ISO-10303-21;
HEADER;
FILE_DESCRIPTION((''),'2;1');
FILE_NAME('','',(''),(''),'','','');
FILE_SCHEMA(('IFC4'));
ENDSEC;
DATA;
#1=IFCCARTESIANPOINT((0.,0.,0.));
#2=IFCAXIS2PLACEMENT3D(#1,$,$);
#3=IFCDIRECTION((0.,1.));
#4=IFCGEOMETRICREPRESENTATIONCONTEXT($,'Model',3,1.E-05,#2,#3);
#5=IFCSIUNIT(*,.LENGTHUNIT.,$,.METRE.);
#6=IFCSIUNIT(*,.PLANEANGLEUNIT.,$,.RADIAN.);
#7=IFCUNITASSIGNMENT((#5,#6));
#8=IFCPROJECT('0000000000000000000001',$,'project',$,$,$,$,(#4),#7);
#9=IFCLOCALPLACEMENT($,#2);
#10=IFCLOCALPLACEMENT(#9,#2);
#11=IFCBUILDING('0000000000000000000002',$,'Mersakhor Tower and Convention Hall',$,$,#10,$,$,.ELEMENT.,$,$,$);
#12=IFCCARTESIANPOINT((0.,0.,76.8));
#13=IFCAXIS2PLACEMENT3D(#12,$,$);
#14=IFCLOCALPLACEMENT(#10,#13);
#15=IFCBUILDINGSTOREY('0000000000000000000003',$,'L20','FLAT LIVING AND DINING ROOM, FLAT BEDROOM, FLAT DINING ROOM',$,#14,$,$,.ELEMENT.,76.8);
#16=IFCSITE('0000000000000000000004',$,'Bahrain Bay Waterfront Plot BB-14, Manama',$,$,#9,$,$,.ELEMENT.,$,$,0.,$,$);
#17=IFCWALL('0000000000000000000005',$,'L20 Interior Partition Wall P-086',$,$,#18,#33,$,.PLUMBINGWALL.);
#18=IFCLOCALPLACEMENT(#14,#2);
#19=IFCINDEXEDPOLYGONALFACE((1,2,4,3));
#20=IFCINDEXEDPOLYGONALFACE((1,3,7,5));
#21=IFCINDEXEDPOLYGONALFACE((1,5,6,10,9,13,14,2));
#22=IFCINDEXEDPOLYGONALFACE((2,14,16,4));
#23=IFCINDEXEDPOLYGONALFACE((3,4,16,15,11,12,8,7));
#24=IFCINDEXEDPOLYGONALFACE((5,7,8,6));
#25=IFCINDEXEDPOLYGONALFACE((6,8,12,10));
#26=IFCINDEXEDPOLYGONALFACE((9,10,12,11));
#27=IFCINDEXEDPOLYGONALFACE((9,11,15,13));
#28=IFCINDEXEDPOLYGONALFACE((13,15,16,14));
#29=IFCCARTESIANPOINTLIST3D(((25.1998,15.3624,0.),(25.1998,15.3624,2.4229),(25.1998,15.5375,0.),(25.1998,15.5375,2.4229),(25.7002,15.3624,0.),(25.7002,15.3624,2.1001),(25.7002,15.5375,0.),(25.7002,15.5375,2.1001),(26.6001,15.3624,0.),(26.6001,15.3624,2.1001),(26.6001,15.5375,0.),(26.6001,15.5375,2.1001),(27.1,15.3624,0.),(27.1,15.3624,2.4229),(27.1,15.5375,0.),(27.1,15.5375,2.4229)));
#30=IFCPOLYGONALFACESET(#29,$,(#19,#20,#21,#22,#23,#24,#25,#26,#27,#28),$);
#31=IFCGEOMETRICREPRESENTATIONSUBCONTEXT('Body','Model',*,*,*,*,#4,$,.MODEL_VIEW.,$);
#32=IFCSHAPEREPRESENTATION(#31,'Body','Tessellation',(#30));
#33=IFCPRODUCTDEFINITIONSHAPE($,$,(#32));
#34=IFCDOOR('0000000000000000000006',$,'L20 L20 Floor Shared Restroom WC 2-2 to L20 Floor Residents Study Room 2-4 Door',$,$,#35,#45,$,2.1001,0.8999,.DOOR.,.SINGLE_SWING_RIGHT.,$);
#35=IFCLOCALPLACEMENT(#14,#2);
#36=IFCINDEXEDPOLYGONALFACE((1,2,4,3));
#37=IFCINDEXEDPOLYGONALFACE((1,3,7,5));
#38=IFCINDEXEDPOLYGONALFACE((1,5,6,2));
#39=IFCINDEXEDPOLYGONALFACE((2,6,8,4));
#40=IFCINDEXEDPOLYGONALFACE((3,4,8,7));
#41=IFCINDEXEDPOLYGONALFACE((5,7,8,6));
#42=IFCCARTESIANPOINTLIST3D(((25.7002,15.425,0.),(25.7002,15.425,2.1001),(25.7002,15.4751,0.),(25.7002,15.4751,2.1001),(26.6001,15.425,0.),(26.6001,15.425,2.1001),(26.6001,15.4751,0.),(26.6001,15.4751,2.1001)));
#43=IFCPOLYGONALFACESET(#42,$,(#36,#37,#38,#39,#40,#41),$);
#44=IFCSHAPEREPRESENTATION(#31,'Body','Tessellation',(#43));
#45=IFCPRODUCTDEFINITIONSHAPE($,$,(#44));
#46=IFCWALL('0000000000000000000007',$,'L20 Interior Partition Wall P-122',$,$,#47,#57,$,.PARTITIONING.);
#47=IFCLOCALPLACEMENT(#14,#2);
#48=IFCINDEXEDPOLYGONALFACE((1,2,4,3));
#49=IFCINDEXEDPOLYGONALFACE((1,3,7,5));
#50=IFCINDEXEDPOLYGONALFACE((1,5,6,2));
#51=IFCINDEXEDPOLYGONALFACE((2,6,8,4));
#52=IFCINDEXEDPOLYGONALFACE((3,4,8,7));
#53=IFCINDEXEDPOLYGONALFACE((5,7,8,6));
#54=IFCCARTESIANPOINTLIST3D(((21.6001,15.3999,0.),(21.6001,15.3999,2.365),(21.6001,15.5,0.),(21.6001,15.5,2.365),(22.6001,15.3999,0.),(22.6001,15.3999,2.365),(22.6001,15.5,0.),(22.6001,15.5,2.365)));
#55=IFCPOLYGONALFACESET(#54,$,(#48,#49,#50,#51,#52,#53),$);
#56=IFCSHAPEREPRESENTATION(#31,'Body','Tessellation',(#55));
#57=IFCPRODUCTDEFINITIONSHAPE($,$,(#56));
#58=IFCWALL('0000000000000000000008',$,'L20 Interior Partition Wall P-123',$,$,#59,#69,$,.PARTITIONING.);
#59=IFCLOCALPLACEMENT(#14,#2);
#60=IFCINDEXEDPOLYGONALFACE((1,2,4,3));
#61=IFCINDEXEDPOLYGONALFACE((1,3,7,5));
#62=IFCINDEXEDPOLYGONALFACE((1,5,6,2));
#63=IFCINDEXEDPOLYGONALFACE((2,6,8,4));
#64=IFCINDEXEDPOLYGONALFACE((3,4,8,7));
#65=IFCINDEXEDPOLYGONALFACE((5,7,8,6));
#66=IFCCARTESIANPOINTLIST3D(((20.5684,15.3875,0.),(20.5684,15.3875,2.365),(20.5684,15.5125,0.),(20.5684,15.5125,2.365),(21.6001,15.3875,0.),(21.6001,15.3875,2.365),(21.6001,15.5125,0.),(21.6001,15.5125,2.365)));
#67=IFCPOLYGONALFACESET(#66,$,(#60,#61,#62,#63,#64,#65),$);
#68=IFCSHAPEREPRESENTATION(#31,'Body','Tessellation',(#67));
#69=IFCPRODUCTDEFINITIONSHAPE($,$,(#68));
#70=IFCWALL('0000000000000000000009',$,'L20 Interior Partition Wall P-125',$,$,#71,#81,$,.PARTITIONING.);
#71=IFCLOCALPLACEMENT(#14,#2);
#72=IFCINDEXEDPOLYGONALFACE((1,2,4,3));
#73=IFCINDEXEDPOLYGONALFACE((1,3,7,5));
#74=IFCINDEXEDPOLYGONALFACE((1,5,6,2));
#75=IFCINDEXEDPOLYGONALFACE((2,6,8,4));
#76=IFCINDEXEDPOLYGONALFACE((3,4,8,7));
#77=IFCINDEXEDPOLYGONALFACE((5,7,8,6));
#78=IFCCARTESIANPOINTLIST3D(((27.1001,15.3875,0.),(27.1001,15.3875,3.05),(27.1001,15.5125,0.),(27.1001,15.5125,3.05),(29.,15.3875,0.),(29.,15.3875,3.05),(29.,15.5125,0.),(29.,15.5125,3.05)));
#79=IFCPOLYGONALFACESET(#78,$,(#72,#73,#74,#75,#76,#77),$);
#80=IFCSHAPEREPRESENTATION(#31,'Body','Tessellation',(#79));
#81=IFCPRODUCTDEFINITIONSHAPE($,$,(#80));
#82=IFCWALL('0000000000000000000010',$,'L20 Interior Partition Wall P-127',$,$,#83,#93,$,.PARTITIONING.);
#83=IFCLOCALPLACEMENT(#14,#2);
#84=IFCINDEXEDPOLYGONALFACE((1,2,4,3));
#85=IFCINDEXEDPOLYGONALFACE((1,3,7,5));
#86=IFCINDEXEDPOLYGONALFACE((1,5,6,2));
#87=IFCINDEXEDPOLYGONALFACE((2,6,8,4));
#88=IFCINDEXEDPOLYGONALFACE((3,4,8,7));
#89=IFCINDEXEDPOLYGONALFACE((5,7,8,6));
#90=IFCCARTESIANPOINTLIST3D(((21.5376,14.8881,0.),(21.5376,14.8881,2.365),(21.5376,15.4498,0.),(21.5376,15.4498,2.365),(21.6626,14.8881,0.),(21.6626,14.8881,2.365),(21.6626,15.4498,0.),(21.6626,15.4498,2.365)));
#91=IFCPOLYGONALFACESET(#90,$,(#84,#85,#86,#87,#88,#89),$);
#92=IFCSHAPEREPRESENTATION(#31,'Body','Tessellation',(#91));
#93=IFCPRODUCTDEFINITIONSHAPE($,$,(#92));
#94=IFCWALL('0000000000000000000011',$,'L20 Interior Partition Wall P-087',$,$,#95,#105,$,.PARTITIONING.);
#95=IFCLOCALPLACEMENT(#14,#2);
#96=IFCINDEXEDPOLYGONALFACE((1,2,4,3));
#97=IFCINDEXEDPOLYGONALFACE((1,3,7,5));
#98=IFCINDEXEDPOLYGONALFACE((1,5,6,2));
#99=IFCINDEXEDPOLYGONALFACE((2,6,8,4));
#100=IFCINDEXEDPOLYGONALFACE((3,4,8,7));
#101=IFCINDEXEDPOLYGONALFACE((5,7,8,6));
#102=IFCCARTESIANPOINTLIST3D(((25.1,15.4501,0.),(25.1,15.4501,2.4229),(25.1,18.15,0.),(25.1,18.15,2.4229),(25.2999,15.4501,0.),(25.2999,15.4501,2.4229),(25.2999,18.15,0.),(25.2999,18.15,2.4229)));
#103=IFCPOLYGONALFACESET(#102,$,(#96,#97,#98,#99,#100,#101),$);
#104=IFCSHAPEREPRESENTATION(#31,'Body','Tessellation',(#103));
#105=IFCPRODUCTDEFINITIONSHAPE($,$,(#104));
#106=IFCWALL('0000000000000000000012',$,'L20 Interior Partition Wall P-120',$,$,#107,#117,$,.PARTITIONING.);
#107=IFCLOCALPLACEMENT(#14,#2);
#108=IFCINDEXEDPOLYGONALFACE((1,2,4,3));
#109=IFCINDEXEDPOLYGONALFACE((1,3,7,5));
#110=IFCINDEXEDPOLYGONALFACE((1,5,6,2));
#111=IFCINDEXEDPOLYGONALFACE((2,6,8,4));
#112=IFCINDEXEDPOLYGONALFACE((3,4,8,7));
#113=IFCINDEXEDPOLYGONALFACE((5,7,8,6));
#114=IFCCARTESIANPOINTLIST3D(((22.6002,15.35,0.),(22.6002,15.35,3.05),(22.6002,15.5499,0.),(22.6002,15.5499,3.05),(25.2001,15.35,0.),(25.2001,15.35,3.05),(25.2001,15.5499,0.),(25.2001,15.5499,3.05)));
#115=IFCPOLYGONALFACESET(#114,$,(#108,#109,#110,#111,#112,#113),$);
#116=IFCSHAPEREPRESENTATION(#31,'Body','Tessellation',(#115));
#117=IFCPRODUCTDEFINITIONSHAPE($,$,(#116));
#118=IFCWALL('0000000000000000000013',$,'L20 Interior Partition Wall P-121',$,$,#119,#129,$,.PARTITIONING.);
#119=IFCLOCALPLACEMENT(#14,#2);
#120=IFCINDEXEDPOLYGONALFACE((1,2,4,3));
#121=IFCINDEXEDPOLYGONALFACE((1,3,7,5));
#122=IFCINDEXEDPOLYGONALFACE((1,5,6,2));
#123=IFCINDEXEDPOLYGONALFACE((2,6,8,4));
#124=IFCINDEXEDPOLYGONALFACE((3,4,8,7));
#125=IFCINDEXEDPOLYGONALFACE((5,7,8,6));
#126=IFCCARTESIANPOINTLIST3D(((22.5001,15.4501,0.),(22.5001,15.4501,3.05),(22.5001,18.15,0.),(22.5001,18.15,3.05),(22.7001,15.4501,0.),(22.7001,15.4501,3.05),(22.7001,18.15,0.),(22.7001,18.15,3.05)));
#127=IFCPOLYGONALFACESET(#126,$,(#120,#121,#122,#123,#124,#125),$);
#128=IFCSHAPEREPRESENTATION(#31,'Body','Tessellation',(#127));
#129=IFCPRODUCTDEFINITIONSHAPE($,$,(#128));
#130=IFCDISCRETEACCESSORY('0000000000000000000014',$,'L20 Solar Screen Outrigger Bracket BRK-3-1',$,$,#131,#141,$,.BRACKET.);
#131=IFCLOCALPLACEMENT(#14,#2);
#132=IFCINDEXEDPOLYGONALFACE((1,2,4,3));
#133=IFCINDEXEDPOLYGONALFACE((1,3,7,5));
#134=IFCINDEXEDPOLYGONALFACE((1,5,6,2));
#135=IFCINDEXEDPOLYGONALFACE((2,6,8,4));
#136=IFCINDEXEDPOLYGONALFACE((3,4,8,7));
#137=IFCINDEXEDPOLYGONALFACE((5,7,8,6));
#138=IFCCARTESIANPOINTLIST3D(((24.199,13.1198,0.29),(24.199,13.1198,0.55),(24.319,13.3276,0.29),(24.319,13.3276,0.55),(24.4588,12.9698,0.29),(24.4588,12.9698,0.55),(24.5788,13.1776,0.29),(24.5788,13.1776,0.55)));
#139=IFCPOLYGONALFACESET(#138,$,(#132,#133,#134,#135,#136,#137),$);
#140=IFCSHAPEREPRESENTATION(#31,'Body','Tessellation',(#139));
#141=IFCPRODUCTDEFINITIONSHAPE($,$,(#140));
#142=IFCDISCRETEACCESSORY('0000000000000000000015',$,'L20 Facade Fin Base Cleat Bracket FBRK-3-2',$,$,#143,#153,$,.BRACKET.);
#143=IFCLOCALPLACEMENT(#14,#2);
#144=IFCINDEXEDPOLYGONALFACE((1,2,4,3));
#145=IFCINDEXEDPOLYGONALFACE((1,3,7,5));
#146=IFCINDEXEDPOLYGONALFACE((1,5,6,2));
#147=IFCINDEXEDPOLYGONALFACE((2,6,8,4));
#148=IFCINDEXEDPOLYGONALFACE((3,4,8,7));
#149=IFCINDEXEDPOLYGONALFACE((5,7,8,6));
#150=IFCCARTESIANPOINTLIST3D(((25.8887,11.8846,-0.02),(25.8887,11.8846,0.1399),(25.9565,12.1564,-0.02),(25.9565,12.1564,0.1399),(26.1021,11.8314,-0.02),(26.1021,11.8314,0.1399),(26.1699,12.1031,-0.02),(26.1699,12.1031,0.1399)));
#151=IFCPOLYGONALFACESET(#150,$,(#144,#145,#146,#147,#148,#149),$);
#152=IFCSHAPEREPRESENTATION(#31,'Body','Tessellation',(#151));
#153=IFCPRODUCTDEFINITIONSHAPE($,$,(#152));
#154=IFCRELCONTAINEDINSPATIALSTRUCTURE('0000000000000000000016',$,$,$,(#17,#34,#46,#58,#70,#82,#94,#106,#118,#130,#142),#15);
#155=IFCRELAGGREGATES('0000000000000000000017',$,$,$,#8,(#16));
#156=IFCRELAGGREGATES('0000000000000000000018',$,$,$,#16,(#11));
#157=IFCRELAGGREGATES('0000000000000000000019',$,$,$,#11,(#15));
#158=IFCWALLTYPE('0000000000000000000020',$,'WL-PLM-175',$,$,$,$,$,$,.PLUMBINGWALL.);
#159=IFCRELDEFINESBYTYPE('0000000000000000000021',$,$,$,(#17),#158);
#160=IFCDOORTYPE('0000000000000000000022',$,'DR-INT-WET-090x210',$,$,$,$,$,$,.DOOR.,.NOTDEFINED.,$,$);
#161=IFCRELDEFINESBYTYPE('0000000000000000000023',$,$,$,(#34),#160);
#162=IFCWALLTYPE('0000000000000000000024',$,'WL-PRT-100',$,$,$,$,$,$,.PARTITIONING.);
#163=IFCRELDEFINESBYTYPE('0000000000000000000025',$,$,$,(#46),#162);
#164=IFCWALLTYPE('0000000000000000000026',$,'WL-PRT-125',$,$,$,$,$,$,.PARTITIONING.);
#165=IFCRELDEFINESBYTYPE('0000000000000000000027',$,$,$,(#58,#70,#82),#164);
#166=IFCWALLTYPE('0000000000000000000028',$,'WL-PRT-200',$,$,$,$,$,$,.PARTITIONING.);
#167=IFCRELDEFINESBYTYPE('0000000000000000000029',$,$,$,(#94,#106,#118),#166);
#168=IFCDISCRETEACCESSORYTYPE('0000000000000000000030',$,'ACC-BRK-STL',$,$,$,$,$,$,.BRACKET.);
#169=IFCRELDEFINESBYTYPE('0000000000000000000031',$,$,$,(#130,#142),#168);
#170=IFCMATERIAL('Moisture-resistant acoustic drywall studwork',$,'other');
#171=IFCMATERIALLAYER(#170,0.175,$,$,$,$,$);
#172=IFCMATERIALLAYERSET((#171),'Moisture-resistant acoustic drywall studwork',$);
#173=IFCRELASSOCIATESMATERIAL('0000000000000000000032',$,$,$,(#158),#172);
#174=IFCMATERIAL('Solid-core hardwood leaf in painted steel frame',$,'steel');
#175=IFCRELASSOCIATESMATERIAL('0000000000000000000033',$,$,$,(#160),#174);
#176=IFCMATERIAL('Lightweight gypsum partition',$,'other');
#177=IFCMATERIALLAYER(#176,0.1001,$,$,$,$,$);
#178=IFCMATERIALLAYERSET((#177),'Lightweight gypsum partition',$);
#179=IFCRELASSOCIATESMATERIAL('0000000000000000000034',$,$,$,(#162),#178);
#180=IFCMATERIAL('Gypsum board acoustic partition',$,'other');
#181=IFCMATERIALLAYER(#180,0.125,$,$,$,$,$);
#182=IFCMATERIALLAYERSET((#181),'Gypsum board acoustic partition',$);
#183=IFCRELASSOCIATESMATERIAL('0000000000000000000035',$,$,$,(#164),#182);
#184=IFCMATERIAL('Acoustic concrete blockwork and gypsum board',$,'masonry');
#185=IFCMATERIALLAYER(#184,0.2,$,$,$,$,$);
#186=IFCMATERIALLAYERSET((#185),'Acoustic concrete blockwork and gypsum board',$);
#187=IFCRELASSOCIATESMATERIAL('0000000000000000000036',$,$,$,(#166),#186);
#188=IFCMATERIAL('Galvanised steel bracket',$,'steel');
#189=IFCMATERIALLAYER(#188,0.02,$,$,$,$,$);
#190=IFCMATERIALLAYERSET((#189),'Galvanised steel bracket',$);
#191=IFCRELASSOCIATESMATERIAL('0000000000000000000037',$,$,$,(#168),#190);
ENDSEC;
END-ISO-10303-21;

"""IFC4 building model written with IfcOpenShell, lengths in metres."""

from ifc_helpers import new_model, si_unit, direction, frame, frame_2d, origin, origin_2d, place, context, subcontext, project, spatial, rectangle, extrude, material, layer, layer_set, type_object, element, fill, save


model = new_model("IFC4")

# Units and contexts
model_context = context("Model", 3, precision=1e-05, world=origin(), true_north=direction((0.0, 1.0)))
body_context = subcontext(model_context, "Body", "Model", "MODEL_VIEW")
ifc_project = project(units=[si_unit("LENGTHUNIT", "METRE"), si_unit("PLANEANGLEUNIT", "RADIAN")], contexts=[model_context])

# Site, building, storey
site_placement = place(None, origin())
site = spatial("IfcSite", under=ifc_project, at=site_placement, Name="Bahrain Bay Waterfront Plot BB-14, Manama", CompositionType="ELEMENT", RefElevation=0.0)
building_placement = place(site_placement, origin())
building = spatial("IfcBuilding", under=site, at=building_placement, Name="Mersakhor Tower and Convention Hall", CompositionType="ELEMENT")
storey_placement = place(building_placement, frame((0.0, 0.0, 76.8)))
storey = spatial("IfcBuildingStorey", under=building, at=storey_placement, Name="L20", Description="FLAT LIVING AND DINING ROOM, FLAT BEDROOM, FLAT DINING ROOM", CompositionType="ELEMENT", Elevation=76.8)

# Wall, opening, door
ifc_material_1 = material(Name="Moisture-resistant acoustic drywall studwork", Category="other")
ifc_layer_1 = layer(ifc_material_1, 0.175)
ifc_layer_set_1 = layer_set([ifc_layer_1], Name="Moisture-resistant acoustic drywall studwork")
wall_type_1 = type_object("IfcWallType", Name="WL-PLM-175", PredefinedType="PLUMBINGWALL", material=ifc_layer_set_1)
wall_1_placement = place(storey_placement, frame((27.1001, 15.45, 0.0), z_axis=(0.0, 0.0, 1.0), x_axis=(-1.0, 0.0, 0.0)))
wall_1 = element("IfcWall", 1, at=wall_1_placement, inside=storey, type_object=wall_type_1, Name="L20 Interior Partition Wall P-086", PredefinedType="PLUMBINGWALL", context=body_context, shape_type="SweptSolid", body=[
    extrude(rectangle(XDim=1.9001, YDim=0.175, at=frame_2d((0.9502, 0.0))), origin(), (0.0, 0.0, 1.0), 2.4229),
])
opening_placement = place(wall_1_placement, frame((0.5, 0.0, 0.0)))
opening = element("IfcOpeningElement", 2, at=opening_placement, cuts=wall_1, PredefinedType="OPENING", context=body_context, shape_type="SweptSolid", body=[
    extrude(rectangle(XDim=0.8999, YDim=2.1001, at=frame_2d((0.45, 1.05))), frame((0.0, 0.0974, 0.0), z_axis=(0.0, -1.0, 0.0), x_axis=(1.0, 0.0, 0.0)), (0.0, 0.0, 1.0), 0.1951),
])
ifc_material_2 = material(Name="Solid-core hardwood leaf in painted steel frame", Category="steel")
door_type = type_object("IfcDoorType", Name="DR-INT-WET-090x210", OperationType="NOTDEFINED", PredefinedType="DOOR", material=ifc_material_2)
door_placement = place(opening_placement, origin())
door = element("IfcDoor", 3, at=door_placement, inside=storey, type_object=door_type, Name="L20 L20 Floor Shared Restroom WC 2-2 to L20 Floor Residents Study Room 2-4 Door", OperationType="SINGLE_SWING_RIGHT", OverallHeight=2.1001, OverallWidth=0.8999, PredefinedType="DOOR", context=body_context, shape_type="SweptSolid", body=[
    extrude(rectangle(XDim=0.8999, YDim=2.1001, at=frame_2d((0.45, 1.05))), frame((0.0, 0.0249, 0.0), z_axis=(0.0, -1.0, 0.0), x_axis=(1.0, 0.0, 0.0)), (0.0, 0.0, 1.0), 0.05),
])
fill(opening, door)

# Walls
ifc_material_3 = material(Name="Lightweight gypsum partition", Category="other")
ifc_layer_2 = layer(ifc_material_3, 0.1001)
ifc_layer_set_2 = layer_set([ifc_layer_2], Name="Lightweight gypsum partition")
wall_type_2 = type_object("IfcWallType", Name="WL-PRT-100", PredefinedType="PARTITIONING", material=ifc_layer_set_2)
wall_2_placement = place(storey_placement, frame((22.6001, 15.45, 0.0), z_axis=(0.0, 0.0, 1.0), x_axis=(-1.0, 0.0, 0.0)))
element("IfcWall", 4, at=wall_2_placement, inside=storey, type_object=wall_type_2, Name="L20 Interior Partition Wall P-122", PredefinedType="PARTITIONING", context=body_context, shape_type="SweptSolid", body=[
    extrude(rectangle(XDim=1.0, YDim=0.1001, at=frame_2d((0.5, 0.0))), origin(), (0.0, 0.0, 1.0), 2.365),
])
ifc_material_4 = material(Name="Gypsum board acoustic partition", Category="other")
ifc_layer_3 = layer(ifc_material_4, 0.125)
ifc_layer_set_3 = layer_set([ifc_layer_3], Name="Gypsum board acoustic partition")
wall_type_3 = type_object("IfcWallType", Name="WL-PRT-125", PredefinedType="PARTITIONING", material=ifc_layer_set_3)
wall_3_placement = place(storey_placement, frame((21.6001, 15.45, 0.0), z_axis=(0.0, 0.0, 1.0), x_axis=(-1.0, 0.0, 0.0)))
element("IfcWall", 5, at=wall_3_placement, inside=storey, type_object=wall_type_3, Name="L20 Interior Partition Wall P-123", PredefinedType="PARTITIONING", context=body_context, shape_type="SweptSolid", body=[
    extrude(rectangle(XDim=1.0317, YDim=0.125, at=frame_2d((0.5159, 0.0))), origin(), (0.0, 0.0, 1.0), 2.365),
])
wall_4_placement = place(storey_placement, frame((27.1001, 15.45, 0.0), z_axis=(0.0, 0.0, 1.0), x_axis=(1.0, 0.0, 0.0)))
element("IfcWall", 6, at=wall_4_placement, inside=storey, type_object=wall_type_3, Name="L20 Interior Partition Wall P-125", PredefinedType="PARTITIONING", context=body_context, shape_type="SweptSolid", body=[
    extrude(rectangle(XDim=1.8999, YDim=0.125, at=frame_2d((0.95, 0.0))), origin(), (0.0, 0.0, 1.0), 3.05),
])
wall_5_placement = place(storey_placement, frame((21.6001, 14.8882, 0.0), z_axis=(0.0, 0.0, 1.0), x_axis=(0.0, 1.0, 0.0)))
element("IfcWall", 7, at=wall_5_placement, inside=storey, type_object=wall_type_3, Name="L20 Interior Partition Wall P-127", PredefinedType="PARTITIONING", context=body_context, shape_type="SweptSolid", body=[
    extrude(rectangle(XDim=0.5618, YDim=0.125, at=frame_2d((0.2808, 0.0))), origin(), (0.0, 0.0, 1.0), 2.365),
])
ifc_material_5 = material(Name="Acoustic concrete blockwork and gypsum board", Category="masonry")
ifc_layer_4 = layer(ifc_material_5, 0.2)
ifc_layer_set_4 = layer_set([ifc_layer_4], Name="Acoustic concrete blockwork and gypsum board")
wall_type_4 = type_object("IfcWallType", Name="WL-PRT-200", PredefinedType="PARTITIONING", material=ifc_layer_set_4)
wall_6_placement = place(storey_placement, frame((25.2, 15.45, 0.0), z_axis=(0.0, 0.0, 1.0), x_axis=(0.0, 1.0, 0.0)))
element("IfcWall", 8, at=wall_6_placement, inside=storey, type_object=wall_type_4, Name="L20 Interior Partition Wall P-087", PredefinedType="PARTITIONING", context=body_context, shape_type="SweptSolid", body=[
    extrude(rectangle(XDim=2.7, YDim=0.2, at=frame_2d((1.3501, 0.0))), origin(), (0.0, 0.0, 1.0), 2.4229),
])
wall_7_placement = place(storey_placement, frame((25.2, 15.45, 0.0), z_axis=(0.0, 0.0, 1.0), x_axis=(-1.0, 0.0, 0.0)))
element("IfcWall", 9, at=wall_7_placement, inside=storey, type_object=wall_type_4, Name="L20 Interior Partition Wall P-120", PredefinedType="PARTITIONING", context=body_context, shape_type="SweptSolid", body=[
    extrude(rectangle(XDim=2.5999, YDim=0.2, at=frame_2d((1.2998, 0.0))), origin(), (0.0, 0.0, 1.0), 3.05),
])
wall_8_placement = place(storey_placement, frame((22.6001, 15.45, 0.0), z_axis=(0.0, 0.0, 1.0), x_axis=(0.0, 1.0, 0.0)))
element("IfcWall", 10, at=wall_8_placement, inside=storey, type_object=wall_type_4, Name="L20 Interior Partition Wall P-121", PredefinedType="PARTITIONING", context=body_context, shape_type="SweptSolid", body=[
    extrude(rectangle(XDim=2.7, YDim=0.2, at=frame_2d((1.3501, 0.0))), origin(), (0.0, 0.0, 1.0), 3.05),
])

# Discrete accessories
ifc_material_6 = material(Name="Galvanised steel bracket", Category="steel")
ifc_layer_5 = layer(ifc_material_6, 0.02)
ifc_layer_set_5 = layer_set([ifc_layer_5], Name="Galvanised steel bracket")
discrete_accessory_type = type_object("IfcDiscreteAccessoryType", Name="ACC-BRK-STL", PredefinedType="BRACKET", material=ifc_layer_set_5)
discrete_accessory_1_placement = place(storey_placement, frame((24.3889, 13.1487, 0.29), z_axis=(0.0, 0.0, 1.0), x_axis=(-0.866025, 0.5, 0.0)))
element("IfcDiscreteAccessory", 11, at=discrete_accessory_1_placement, inside=storey, type_object=discrete_accessory_type, Name="L20 Solar Screen Outrigger Bracket BRK-3-1", PredefinedType="BRACKET", context=body_context, shape_type="SweptSolid", body=[
    extrude(rectangle(XDim=0.3, YDim=0.24, at=origin_2d()), origin(), (0.0, 0.0, 1.0), 0.26),
])
discrete_accessory_2_placement = place(storey_placement, frame((26.0293, 11.9939, -0.02), z_axis=(0.0, 0.0, 1.0), x_axis=(-0.241922, -0.970296, 0.0)))
element("IfcDiscreteAccessory", 12, at=discrete_accessory_2_placement, inside=storey, type_object=discrete_accessory_type, Name="L20 Facade Fin Base Cleat Bracket FBRK-3-2", PredefinedType="BRACKET", context=body_context, shape_type="SweptSolid", body=[
    extrude(rectangle(XDim=0.28, YDim=0.22, at=origin_2d()), origin(), (0.0, 0.0, 1.0), 0.1599),
])

save(model, "model.ifc")
